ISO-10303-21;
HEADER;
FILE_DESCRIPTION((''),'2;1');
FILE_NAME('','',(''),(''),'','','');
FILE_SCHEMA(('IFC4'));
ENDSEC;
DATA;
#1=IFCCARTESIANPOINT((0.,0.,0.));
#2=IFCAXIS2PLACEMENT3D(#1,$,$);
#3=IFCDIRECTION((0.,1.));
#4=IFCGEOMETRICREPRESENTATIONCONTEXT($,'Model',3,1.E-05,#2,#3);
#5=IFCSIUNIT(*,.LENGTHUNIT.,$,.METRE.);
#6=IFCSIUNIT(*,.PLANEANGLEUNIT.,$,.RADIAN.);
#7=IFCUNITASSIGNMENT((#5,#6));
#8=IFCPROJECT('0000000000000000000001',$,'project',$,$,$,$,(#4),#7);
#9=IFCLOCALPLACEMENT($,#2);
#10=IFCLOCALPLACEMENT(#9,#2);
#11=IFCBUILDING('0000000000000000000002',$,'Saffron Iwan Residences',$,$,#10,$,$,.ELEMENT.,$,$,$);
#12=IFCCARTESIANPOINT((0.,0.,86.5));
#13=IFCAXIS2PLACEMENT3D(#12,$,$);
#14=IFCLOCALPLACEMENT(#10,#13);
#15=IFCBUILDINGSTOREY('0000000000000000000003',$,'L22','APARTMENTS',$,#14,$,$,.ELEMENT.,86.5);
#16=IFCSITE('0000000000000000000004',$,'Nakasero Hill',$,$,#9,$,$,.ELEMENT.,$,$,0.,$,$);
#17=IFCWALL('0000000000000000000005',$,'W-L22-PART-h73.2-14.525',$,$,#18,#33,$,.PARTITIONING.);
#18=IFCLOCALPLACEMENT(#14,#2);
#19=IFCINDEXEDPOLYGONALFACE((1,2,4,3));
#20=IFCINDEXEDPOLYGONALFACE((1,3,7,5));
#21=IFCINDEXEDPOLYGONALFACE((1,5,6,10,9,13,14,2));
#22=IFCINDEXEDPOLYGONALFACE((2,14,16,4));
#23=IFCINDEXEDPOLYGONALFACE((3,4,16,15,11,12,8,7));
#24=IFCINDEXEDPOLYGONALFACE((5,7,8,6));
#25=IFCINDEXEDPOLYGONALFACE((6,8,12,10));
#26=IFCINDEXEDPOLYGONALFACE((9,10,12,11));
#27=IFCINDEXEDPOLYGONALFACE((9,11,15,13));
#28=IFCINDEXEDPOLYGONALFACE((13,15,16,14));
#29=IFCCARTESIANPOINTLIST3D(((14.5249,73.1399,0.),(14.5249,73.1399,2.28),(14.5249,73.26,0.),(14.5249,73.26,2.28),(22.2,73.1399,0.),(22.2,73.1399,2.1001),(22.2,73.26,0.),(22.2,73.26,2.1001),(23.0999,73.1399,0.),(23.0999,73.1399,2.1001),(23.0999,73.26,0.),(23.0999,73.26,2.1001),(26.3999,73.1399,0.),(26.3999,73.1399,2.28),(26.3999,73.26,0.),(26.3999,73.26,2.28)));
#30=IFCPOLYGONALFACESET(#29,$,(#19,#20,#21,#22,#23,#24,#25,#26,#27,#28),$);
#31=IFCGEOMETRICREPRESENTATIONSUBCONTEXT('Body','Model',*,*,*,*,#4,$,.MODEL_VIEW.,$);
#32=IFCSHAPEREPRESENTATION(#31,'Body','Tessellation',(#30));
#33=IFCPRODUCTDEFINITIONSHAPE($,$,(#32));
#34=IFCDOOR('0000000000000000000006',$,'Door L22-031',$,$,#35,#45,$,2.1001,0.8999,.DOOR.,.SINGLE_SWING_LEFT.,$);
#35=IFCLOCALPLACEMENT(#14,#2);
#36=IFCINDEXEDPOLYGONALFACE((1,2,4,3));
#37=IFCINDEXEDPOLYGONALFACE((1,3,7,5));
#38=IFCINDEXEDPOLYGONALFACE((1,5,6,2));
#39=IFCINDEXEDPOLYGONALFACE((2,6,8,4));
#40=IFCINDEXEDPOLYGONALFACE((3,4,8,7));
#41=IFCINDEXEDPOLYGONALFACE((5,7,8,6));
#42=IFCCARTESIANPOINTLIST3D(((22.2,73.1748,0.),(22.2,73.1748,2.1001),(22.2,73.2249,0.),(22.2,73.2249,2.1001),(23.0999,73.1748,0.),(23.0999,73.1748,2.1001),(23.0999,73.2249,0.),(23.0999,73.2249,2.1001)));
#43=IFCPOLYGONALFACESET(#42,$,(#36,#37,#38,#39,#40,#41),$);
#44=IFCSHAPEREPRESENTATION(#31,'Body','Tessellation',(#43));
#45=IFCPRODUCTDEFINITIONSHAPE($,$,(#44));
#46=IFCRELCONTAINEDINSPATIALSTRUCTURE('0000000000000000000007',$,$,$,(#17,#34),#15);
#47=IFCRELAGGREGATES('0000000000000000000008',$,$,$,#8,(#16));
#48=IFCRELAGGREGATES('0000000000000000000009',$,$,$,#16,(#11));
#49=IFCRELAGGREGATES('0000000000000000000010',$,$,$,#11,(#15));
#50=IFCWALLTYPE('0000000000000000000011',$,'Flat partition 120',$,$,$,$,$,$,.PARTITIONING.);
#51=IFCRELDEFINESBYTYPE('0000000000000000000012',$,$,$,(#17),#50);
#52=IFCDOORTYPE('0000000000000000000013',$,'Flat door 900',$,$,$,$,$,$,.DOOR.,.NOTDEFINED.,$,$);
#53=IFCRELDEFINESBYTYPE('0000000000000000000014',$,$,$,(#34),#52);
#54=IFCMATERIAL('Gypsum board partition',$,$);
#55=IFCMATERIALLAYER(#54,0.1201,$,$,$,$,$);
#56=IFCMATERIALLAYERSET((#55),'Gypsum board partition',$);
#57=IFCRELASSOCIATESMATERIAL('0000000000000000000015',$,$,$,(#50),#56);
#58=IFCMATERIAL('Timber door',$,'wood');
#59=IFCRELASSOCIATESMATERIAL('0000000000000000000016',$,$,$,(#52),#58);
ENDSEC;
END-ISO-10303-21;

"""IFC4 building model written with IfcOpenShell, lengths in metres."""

from ifc_helpers import new_model, si_unit, direction, frame, frame_2d, origin, place, context, subcontext, project, spatial, rectangle, extrude, material, layer, layer_set, type_object, element, fill, save


model = new_model("IFC4")

# Units and contexts
model_context = context("Model", 3, precision=1e-05, world=origin(), true_north=direction((0.0, 1.0)))
body_context = subcontext(model_context, "Body", "Model", "MODEL_VIEW")
ifc_project = project(units=[si_unit("LENGTHUNIT", "METRE"), si_unit("PLANEANGLEUNIT", "RADIAN")], contexts=[model_context])

# Site, building, storey
site_placement = place(None, origin())
site = spatial("IfcSite", under=ifc_project, at=site_placement, Name="Nakasero Hill", CompositionType="ELEMENT", RefElevation=0.0)
building_placement = place(site_placement, origin())
building = spatial("IfcBuilding", under=site, at=building_placement, Name="Saffron Iwan Residences", CompositionType="ELEMENT")
storey_placement = place(building_placement, frame((0.0, 0.0, 86.5)))
storey = spatial("IfcBuildingStorey", under=building, at=storey_placement, Name="L22", Description="APARTMENTS", CompositionType="ELEMENT", Elevation=86.5)

# Shared definitions
ifc_material_1 = material(Name="Gypsum board partition")
ifc_layer_1 = layer(ifc_material_1, 0.1201)
ifc_layer_set_1 = layer_set([ifc_layer_1], Name="Gypsum board partition")
wall_type_1 = type_object("IfcWallType", Name="Flat partition 120", PredefinedType="PARTITIONING", material=ifc_layer_set_1)

# Wall, opening, door
wall_1_placement = place(storey_placement, frame((14.5249, 73.2, 0.0), z_axis=(0.0, 0.0, 1.0), x_axis=(1.0, 0.0, 0.0)))
wall_1 = element("IfcWall", 1, at=wall_1_placement, inside=storey, type_object=wall_type_1, Name="W-L22-PART-h73.2-14.525", PredefinedType="PARTITIONING", context=body_context, shape_type="SweptSolid", body=[
    extrude(rectangle(XDim=11.875, YDim=0.1201, at=frame_2d((5.9375, 0.0))), origin(), (0.0, 0.0, 1.0), 2.28),
])
opening_1_placement = place(wall_1_placement, frame((7.675, 0.0, 0.0)))
opening_1 = element("IfcOpeningElement", 2, at=opening_1_placement, cuts=wall_1, PredefinedType="OPENING", context=body_context, shape_type="SweptSolid", body=[
    extrude(rectangle(XDim=0.8999, YDim=2.1001, at=frame_2d((0.45, 1.05))), frame((0.0, 0.0701, 0.0), z_axis=(0.0, -1.0, 0.0), x_axis=(1.0, 0.0, 0.0)), (0.0, 0.0, 1.0), 0.1401),
])
ifc_material_2 = material(Name="Timber door", Category="wood")
door_type_1 = type_object("IfcDoorType", Name="Flat door 900", OperationType="NOTDEFINED", PredefinedType="DOOR", material=ifc_material_2)
door_1_placement = place(opening_1_placement, origin())
door_1 = element("IfcDoor", 3, at=door_1_placement, inside=storey, type_object=door_type_1, Name="Door L22-031", OperationType="SINGLE_SWING_LEFT", OverallHeight=2.1001, OverallWidth=0.8999, PredefinedType="DOOR", context=body_context, shape_type="SweptSolid", body=[
    extrude(rectangle(XDim=0.8999, YDim=2.1001, at=frame_2d((0.45, 1.05))), frame((0.0, 0.0249, 0.0), z_axis=(0.0, -1.0, 0.0), x_axis=(1.0, 0.0, 0.0)), (0.0, 0.0, 1.0), 0.05),
])
fill(opening_1, door_1)

save(model, "model.ifc")
